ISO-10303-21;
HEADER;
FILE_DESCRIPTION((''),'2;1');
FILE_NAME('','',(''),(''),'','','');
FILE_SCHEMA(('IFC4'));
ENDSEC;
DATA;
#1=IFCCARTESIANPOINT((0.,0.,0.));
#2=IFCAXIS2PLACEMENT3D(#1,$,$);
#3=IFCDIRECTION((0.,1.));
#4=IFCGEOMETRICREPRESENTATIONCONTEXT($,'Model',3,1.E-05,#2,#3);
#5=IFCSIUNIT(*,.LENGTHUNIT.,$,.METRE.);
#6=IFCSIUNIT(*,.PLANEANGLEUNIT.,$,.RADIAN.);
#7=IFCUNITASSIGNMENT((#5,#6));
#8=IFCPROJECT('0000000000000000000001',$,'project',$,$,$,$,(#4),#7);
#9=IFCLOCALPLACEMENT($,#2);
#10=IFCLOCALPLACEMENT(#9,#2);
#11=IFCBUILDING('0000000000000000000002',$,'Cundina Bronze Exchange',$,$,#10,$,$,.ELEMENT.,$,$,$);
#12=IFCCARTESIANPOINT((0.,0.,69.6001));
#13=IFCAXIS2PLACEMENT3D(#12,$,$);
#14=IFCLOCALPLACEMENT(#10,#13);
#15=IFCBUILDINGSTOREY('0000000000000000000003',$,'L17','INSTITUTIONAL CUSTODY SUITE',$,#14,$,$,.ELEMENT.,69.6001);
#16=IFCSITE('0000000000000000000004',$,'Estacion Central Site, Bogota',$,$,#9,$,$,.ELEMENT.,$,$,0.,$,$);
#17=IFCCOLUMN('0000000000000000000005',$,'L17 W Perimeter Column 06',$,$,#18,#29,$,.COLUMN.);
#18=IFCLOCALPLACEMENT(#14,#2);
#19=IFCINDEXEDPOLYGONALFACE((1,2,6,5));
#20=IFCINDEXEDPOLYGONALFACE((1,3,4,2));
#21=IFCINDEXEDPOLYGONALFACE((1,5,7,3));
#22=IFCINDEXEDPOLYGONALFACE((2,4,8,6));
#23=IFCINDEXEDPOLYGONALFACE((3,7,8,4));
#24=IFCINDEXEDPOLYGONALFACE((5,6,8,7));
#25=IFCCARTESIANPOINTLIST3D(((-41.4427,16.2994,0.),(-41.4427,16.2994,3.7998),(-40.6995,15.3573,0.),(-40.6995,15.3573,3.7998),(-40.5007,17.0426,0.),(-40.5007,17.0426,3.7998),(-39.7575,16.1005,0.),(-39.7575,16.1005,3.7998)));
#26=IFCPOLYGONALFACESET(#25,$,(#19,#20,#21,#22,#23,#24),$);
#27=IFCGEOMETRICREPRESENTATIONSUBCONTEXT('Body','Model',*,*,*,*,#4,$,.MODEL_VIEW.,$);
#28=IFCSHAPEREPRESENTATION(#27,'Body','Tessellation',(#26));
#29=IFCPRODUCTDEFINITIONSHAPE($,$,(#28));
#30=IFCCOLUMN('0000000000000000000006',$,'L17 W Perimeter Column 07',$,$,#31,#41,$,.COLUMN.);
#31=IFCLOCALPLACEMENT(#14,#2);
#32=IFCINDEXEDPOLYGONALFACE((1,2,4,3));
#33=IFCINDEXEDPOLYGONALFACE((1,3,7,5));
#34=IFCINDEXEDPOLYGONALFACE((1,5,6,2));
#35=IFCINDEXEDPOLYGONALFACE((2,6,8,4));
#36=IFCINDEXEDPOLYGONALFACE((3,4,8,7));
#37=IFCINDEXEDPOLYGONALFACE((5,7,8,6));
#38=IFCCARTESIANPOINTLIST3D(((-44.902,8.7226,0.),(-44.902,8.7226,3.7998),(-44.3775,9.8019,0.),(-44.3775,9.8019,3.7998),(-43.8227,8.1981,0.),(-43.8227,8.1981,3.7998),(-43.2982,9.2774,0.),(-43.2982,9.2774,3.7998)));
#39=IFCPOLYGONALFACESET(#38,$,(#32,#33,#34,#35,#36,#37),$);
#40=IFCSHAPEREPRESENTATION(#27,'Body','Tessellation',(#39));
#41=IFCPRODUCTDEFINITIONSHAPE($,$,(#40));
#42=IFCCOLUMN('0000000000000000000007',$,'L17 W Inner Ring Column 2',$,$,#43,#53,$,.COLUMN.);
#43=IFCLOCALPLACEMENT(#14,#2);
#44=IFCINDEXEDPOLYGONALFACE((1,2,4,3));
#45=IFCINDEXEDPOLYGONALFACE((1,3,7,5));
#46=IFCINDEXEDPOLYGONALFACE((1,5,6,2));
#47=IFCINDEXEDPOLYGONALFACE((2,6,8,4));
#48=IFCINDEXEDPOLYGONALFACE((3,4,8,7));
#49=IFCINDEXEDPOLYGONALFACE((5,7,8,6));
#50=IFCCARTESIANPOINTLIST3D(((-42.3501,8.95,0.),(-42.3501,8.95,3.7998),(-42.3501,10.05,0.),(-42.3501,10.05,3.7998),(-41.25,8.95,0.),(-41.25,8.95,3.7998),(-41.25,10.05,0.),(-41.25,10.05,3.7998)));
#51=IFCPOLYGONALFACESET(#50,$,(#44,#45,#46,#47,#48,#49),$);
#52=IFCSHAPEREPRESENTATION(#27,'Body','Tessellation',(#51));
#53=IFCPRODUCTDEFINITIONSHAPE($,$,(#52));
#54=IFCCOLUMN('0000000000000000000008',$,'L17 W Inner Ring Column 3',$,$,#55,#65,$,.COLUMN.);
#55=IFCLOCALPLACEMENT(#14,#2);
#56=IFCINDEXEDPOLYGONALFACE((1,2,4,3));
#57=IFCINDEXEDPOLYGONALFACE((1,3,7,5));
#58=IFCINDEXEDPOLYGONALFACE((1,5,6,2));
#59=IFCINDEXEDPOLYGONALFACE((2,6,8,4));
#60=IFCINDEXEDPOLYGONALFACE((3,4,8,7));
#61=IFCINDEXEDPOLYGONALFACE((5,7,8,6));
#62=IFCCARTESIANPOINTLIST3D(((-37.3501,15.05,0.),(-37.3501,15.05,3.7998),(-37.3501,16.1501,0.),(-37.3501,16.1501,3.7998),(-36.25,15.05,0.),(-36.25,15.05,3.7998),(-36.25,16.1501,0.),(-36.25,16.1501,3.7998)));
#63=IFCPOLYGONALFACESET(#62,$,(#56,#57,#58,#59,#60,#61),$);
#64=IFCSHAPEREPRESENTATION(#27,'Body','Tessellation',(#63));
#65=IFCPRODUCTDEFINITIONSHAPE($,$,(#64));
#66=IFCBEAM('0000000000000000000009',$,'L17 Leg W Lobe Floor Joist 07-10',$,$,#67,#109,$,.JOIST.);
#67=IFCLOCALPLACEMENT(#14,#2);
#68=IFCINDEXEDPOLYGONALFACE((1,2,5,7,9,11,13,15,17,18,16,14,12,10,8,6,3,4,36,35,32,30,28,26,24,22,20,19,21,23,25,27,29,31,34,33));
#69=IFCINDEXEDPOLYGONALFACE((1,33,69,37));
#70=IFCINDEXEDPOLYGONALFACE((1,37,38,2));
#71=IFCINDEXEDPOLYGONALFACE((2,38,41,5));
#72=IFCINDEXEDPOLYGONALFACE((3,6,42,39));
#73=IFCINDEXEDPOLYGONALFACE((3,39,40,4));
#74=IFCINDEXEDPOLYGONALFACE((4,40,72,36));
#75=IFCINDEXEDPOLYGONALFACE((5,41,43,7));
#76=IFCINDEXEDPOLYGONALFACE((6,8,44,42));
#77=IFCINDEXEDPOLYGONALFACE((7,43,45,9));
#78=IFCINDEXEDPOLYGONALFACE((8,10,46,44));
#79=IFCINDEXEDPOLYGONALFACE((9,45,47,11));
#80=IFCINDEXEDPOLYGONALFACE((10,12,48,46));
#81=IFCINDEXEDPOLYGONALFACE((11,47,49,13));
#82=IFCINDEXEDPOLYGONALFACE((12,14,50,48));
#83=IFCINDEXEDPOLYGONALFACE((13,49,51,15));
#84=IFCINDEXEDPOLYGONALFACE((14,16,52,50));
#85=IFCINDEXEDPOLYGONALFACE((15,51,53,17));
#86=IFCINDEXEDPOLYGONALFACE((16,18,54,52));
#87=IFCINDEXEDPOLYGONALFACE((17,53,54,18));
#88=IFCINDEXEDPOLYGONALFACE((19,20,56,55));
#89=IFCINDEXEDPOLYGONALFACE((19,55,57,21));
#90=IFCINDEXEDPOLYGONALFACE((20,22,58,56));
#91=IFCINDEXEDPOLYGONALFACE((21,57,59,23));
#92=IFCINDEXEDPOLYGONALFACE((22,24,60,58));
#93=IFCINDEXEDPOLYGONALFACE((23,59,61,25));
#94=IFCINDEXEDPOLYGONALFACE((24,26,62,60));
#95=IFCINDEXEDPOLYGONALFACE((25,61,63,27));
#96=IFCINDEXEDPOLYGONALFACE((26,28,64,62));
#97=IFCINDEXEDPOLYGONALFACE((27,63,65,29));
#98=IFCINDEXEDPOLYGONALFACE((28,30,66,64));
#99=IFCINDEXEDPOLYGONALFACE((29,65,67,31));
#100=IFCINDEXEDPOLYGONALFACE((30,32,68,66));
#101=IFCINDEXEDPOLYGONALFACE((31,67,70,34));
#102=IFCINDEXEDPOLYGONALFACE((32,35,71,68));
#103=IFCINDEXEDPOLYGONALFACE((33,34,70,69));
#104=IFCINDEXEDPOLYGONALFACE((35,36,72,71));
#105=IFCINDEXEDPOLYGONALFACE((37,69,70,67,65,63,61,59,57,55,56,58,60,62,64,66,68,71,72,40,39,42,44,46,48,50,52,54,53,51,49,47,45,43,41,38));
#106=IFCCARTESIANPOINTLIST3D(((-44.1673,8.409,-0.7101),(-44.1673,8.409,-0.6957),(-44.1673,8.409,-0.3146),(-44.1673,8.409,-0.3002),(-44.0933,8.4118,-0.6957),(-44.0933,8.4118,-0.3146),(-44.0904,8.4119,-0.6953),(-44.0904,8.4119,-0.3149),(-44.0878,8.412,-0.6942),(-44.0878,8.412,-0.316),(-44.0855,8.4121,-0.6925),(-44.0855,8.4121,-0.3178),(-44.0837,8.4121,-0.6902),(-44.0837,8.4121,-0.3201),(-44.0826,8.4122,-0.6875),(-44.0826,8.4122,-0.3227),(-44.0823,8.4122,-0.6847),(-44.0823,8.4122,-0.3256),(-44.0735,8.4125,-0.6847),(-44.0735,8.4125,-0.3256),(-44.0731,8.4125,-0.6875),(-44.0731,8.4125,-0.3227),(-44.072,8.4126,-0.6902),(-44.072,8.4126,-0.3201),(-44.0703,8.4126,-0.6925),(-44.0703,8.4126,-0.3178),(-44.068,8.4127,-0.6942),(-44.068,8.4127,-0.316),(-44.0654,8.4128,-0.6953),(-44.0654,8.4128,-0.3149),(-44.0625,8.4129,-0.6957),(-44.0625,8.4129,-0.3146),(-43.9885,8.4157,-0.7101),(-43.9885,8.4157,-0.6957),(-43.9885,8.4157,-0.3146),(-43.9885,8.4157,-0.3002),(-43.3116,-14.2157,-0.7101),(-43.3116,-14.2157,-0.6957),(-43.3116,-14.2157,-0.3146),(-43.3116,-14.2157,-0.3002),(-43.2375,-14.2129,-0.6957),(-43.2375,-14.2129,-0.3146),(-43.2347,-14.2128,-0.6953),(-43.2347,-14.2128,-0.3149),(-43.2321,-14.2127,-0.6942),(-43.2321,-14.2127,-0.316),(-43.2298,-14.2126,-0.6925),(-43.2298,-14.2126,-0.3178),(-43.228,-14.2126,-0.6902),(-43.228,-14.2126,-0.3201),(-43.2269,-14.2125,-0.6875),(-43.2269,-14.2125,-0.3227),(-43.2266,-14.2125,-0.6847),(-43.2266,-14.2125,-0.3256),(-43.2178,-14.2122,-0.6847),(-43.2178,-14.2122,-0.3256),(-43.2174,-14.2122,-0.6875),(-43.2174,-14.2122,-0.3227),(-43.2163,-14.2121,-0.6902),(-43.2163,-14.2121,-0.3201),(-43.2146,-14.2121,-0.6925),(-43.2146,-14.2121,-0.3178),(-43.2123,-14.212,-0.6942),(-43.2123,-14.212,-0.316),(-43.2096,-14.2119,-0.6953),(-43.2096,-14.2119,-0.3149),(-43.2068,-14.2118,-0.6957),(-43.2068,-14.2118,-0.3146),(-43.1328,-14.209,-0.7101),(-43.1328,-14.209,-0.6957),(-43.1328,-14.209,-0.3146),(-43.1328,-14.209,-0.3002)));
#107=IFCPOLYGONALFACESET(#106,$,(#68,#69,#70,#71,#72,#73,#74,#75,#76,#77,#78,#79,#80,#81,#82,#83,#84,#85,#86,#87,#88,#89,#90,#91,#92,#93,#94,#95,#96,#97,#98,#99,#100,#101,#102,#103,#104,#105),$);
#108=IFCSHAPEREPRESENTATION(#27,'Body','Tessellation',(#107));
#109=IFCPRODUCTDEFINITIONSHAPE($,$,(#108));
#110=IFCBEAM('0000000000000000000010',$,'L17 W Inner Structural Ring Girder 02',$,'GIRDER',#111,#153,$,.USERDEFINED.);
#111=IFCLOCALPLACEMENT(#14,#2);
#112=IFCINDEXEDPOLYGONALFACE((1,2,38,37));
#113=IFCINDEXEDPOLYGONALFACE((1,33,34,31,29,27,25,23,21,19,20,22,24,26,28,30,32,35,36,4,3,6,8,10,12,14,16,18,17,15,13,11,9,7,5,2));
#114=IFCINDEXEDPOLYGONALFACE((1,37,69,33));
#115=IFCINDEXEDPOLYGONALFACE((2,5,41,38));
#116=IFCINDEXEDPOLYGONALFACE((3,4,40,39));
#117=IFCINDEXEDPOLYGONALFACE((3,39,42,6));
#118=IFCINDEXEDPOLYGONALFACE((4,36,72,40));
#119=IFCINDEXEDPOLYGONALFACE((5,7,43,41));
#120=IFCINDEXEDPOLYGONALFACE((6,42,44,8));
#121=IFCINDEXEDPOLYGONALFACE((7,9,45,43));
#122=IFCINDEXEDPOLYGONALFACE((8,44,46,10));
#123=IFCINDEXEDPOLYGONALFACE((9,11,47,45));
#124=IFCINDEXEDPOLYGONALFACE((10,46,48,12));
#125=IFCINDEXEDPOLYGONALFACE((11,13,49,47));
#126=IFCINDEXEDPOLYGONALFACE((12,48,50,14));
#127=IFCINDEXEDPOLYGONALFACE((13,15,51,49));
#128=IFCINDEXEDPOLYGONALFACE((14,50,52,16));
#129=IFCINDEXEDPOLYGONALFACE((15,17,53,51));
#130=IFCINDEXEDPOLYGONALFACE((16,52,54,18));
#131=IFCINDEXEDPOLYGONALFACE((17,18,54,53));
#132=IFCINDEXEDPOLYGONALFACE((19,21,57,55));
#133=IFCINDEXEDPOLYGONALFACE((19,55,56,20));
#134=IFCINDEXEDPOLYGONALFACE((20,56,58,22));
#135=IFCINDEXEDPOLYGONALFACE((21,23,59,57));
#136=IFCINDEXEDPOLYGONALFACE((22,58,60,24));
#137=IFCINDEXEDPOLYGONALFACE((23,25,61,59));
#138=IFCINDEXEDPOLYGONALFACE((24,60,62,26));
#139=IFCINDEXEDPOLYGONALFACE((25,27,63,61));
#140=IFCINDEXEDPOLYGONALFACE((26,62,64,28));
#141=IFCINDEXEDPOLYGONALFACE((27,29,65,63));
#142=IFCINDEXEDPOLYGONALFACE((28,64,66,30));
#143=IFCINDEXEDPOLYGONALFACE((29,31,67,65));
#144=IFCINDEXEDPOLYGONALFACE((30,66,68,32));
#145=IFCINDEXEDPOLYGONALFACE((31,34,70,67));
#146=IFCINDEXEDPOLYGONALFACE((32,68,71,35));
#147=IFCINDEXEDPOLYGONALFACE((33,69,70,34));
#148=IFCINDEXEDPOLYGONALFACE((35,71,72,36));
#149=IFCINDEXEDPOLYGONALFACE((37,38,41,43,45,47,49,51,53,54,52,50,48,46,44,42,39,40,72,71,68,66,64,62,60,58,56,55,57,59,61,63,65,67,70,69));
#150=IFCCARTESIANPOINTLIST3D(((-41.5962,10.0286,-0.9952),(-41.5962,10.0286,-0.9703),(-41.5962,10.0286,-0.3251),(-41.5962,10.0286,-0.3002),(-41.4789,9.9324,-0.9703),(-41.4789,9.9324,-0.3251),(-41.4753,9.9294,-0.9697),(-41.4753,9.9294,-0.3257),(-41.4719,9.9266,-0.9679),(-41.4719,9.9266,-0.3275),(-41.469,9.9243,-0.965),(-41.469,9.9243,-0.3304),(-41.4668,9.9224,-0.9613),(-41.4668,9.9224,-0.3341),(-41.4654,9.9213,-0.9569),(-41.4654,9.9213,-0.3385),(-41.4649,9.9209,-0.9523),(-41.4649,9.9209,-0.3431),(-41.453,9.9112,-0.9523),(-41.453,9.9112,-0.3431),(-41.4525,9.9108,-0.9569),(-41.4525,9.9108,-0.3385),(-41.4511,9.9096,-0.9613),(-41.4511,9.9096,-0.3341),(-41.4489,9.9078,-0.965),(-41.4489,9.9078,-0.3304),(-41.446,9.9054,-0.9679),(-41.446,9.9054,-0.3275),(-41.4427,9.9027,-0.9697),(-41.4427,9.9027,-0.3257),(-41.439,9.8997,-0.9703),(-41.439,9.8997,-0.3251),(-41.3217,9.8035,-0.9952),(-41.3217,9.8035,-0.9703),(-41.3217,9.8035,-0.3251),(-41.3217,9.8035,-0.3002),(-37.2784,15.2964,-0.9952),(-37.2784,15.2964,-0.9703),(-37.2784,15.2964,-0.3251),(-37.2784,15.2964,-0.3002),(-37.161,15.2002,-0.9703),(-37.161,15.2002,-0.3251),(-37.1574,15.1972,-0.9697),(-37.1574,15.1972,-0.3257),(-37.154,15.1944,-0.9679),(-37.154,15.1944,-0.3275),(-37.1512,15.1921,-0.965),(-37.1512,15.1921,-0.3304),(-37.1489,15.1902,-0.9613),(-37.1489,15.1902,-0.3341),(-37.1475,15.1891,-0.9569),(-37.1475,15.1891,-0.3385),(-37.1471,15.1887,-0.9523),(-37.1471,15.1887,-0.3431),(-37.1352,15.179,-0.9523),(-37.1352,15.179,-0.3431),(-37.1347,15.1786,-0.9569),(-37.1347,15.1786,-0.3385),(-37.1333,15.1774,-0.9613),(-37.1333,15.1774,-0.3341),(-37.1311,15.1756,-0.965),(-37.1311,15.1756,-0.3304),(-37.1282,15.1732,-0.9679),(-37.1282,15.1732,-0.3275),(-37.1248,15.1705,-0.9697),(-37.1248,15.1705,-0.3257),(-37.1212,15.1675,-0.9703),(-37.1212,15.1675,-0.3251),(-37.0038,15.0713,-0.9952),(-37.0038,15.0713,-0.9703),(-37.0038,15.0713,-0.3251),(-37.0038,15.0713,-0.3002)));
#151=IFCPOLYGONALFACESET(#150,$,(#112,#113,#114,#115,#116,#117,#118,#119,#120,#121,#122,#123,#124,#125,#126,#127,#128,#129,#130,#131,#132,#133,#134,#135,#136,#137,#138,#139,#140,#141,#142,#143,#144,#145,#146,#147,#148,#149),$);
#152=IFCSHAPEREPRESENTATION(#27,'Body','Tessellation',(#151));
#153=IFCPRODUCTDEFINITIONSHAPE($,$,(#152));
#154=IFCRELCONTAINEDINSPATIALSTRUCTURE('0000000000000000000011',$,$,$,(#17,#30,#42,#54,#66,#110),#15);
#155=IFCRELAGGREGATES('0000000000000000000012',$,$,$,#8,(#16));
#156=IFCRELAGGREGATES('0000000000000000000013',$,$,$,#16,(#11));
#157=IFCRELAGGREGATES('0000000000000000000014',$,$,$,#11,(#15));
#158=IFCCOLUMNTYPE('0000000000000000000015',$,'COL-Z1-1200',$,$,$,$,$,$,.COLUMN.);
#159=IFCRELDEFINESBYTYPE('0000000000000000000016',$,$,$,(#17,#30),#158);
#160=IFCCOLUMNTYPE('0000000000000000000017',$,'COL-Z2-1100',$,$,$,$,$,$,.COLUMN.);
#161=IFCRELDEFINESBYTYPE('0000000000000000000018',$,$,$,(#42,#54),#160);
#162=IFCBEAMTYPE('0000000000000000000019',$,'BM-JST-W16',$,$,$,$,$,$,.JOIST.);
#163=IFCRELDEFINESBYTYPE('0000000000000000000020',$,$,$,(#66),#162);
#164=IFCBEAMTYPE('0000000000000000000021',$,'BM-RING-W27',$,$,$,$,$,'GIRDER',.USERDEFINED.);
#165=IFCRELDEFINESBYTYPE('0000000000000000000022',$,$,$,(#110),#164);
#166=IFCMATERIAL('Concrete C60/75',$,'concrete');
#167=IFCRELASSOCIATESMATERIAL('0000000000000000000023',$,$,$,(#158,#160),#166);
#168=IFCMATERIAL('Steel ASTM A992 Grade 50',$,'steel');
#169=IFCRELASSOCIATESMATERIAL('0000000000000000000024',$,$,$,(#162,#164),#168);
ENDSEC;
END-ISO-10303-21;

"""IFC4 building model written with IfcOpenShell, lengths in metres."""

from ifc_helpers import new_model, si_unit, direction, frame, origin, origin_2d, place, context, subcontext, project, spatial, rectangle, i_section, extrude, material, material_profile, profile_set, type_object, element, save


model = new_model("IFC4")

# Units and contexts
model_context = context("Model", 3, precision=1e-05, world=origin(), true_north=direction((0.0, 1.0)))
body_context = subcontext(model_context, "Body", "Model", "MODEL_VIEW")
ifc_project = project(units=[si_unit("LENGTHUNIT", "METRE"), si_unit("PLANEANGLEUNIT", "RADIAN")], contexts=[model_context])

# Site, building, storey
site_placement = place(None, origin())
site = spatial("IfcSite", under=ifc_project, at=site_placement, Name="Estacion Central Site, Bogota", CompositionType="ELEMENT", RefElevation=0.0)
building_placement = place(site_placement, origin())
building = spatial("IfcBuilding", under=site, at=building_placement, Name="Cundina Bronze Exchange", CompositionType="ELEMENT")
storey_placement = place(building_placement, frame((0.0, 0.0, 69.6001)))
storey = spatial("IfcBuildingStorey", under=building, at=storey_placement, Name="L17", Description="INSTITUTIONAL CUSTODY SUITE", CompositionType="ELEMENT", Elevation=69.6001)

# Columns
ifc_material_1 = material(Name="Concrete C60/75", Category="concrete")
ifc_material_profile_1 = material_profile(ifc_material_1, rectangle(XDim=1.2, YDim=1.2, at=origin_2d()), Name="RC1200X1200", Category="concrete")
ifc_profile_set_1 = profile_set([ifc_material_profile_1], Name="Concrete C60/75")
column_type_1 = type_object("IfcColumnType", Name="COL-Z1-1200", PredefinedType="COLUMN", material=ifc_profile_set_1)
for number, where, z_axis, x_axis, name in (
    (1, (-40.6001, 16.2, 0.0), (0.0, 0.0, 1.0), (-0.785101, -0.619368, 0.0), "L17 W Perimeter Column 06"),
    (2, (-44.1001, 9.0, 0.0), (0.0, 0.0, 1.0), (-0.437116, -0.899405, 0.0), "L17 W Perimeter Column 07"),
):
    element("IfcColumn", number, at=place(storey_placement, frame(where, z_axis=z_axis, x_axis=x_axis)), inside=storey, type_object=column_type_1, Name=name, PredefinedType="COLUMN", context=body_context, shape_type="SweptSolid", body=[
        extrude(rectangle(XDim=1.2, YDim=1.2, at=origin_2d()), origin(), (0.0, 0.0, 1.0), 3.7998),
    ])
ifc_material_profile_2 = material_profile(ifc_material_1, rectangle(XDim=1.1001, YDim=1.1001, at=origin_2d()), Name="RC1100X1100", Category="concrete")
ifc_profile_set_2 = profile_set([ifc_material_profile_2], Name="Concrete C60/75")
column_type_2 = type_object("IfcColumnType", Name="COL-Z2-1100", PredefinedType="COLUMN", material=ifc_profile_set_2)
for number, where, z_axis, x_axis, name in (
    (3, (-41.8, 9.5, 0.0), (0.0, 0.0, 1.0), (1.0, 0.0, 0.0), "L17 W Inner Ring Column 2"),
    (4, (-36.8, 15.6001, 0.0), (0.0, 0.0, 1.0), (1.0, 0.0, 0.0), "L17 W Inner Ring Column 3"),
):
    element("IfcColumn", number, at=place(storey_placement, frame(where, z_axis=z_axis, x_axis=x_axis)), inside=storey, type_object=column_type_2, Name=name, PredefinedType="COLUMN", context=body_context, shape_type="SweptSolid", body=[
        extrude(rectangle(XDim=1.1001, YDim=1.1001, at=origin_2d()), origin(), (0.0, 0.0, 1.0), 3.7998),
    ])

# Beams
ifc_material_2 = material(Name="Steel ASTM A992 Grade 50", Category="steel")
ifc_material_profile_3 = material_profile(ifc_material_2, i_section(OverallWidth=0.179, OverallDepth=0.4099, WebThickness=0.0088, FlangeThickness=0.0144, FilletRadius=0.011, at=origin_2d()), Name="W16X45", Category="steel")
ifc_profile_set_3 = profile_set([ifc_material_profile_3], Name="Steel ASTM A992 Grade 50")
beam_type_1 = type_object("IfcBeamType", Name="BM-JST-W16", PredefinedType="JOIST", material=ifc_profile_set_3)
beam_1_placement = place(storey_placement, frame((-44.0779, 8.4124, -0.5051), z_axis=(0.037795, -0.999286, 0.0), x_axis=(0.999286, 0.037795, 0.0)))
element("IfcBeam", 5, at=beam_1_placement, inside=storey, type_object=beam_type_1, Name="L17 Leg W Lobe Floor Joist 07-10", PredefinedType="JOIST", context=body_context, shape_type="SweptSolid", body=[
    extrude(i_section(OverallWidth=0.179, OverallDepth=0.4099, WebThickness=0.0088, FlangeThickness=0.0144, FilletRadius=0.011, at=origin_2d()), origin(), (0.0, 0.0, 1.0), 22.6409),
])
ifc_material_profile_4 = material_profile(ifc_material_2, i_section(OverallWidth=0.355, OverallDepth=0.6951, WebThickness=0.0154, FlangeThickness=0.0249, FilletRadius=0.0181, at=origin_2d()), Name="W27X146", Category="steel")
ifc_profile_set_4 = profile_set([ifc_material_profile_4], Name="Steel ASTM A992 Grade 50")
beam_type_2 = type_object("IfcBeamType", Name="BM-RING-W27", ElementType="GIRDER", PredefinedType="USERDEFINED", material=ifc_profile_set_4)
beam_2_placement = place(storey_placement, frame((-37.1411, 15.1838, -0.6477), z_axis=(-0.633927, -0.773393, 0.0), x_axis=(0.773393, -0.633927, 0.0)))
element("IfcBeam", 6, at=beam_2_placement, inside=storey, type_object=beam_type_2, Name="L17 W Inner Structural Ring Girder 02", ObjectType="GIRDER", PredefinedType="USERDEFINED", context=body_context, shape_type="SweptSolid", body=[
    extrude(i_section(OverallWidth=0.355, OverallDepth=0.6951, WebThickness=0.0154, FlangeThickness=0.0249, FilletRadius=0.0181, at=origin_2d()), origin(), (0.0, 0.0, 1.0), 6.8113),
])

save(model, "model.ifc")
